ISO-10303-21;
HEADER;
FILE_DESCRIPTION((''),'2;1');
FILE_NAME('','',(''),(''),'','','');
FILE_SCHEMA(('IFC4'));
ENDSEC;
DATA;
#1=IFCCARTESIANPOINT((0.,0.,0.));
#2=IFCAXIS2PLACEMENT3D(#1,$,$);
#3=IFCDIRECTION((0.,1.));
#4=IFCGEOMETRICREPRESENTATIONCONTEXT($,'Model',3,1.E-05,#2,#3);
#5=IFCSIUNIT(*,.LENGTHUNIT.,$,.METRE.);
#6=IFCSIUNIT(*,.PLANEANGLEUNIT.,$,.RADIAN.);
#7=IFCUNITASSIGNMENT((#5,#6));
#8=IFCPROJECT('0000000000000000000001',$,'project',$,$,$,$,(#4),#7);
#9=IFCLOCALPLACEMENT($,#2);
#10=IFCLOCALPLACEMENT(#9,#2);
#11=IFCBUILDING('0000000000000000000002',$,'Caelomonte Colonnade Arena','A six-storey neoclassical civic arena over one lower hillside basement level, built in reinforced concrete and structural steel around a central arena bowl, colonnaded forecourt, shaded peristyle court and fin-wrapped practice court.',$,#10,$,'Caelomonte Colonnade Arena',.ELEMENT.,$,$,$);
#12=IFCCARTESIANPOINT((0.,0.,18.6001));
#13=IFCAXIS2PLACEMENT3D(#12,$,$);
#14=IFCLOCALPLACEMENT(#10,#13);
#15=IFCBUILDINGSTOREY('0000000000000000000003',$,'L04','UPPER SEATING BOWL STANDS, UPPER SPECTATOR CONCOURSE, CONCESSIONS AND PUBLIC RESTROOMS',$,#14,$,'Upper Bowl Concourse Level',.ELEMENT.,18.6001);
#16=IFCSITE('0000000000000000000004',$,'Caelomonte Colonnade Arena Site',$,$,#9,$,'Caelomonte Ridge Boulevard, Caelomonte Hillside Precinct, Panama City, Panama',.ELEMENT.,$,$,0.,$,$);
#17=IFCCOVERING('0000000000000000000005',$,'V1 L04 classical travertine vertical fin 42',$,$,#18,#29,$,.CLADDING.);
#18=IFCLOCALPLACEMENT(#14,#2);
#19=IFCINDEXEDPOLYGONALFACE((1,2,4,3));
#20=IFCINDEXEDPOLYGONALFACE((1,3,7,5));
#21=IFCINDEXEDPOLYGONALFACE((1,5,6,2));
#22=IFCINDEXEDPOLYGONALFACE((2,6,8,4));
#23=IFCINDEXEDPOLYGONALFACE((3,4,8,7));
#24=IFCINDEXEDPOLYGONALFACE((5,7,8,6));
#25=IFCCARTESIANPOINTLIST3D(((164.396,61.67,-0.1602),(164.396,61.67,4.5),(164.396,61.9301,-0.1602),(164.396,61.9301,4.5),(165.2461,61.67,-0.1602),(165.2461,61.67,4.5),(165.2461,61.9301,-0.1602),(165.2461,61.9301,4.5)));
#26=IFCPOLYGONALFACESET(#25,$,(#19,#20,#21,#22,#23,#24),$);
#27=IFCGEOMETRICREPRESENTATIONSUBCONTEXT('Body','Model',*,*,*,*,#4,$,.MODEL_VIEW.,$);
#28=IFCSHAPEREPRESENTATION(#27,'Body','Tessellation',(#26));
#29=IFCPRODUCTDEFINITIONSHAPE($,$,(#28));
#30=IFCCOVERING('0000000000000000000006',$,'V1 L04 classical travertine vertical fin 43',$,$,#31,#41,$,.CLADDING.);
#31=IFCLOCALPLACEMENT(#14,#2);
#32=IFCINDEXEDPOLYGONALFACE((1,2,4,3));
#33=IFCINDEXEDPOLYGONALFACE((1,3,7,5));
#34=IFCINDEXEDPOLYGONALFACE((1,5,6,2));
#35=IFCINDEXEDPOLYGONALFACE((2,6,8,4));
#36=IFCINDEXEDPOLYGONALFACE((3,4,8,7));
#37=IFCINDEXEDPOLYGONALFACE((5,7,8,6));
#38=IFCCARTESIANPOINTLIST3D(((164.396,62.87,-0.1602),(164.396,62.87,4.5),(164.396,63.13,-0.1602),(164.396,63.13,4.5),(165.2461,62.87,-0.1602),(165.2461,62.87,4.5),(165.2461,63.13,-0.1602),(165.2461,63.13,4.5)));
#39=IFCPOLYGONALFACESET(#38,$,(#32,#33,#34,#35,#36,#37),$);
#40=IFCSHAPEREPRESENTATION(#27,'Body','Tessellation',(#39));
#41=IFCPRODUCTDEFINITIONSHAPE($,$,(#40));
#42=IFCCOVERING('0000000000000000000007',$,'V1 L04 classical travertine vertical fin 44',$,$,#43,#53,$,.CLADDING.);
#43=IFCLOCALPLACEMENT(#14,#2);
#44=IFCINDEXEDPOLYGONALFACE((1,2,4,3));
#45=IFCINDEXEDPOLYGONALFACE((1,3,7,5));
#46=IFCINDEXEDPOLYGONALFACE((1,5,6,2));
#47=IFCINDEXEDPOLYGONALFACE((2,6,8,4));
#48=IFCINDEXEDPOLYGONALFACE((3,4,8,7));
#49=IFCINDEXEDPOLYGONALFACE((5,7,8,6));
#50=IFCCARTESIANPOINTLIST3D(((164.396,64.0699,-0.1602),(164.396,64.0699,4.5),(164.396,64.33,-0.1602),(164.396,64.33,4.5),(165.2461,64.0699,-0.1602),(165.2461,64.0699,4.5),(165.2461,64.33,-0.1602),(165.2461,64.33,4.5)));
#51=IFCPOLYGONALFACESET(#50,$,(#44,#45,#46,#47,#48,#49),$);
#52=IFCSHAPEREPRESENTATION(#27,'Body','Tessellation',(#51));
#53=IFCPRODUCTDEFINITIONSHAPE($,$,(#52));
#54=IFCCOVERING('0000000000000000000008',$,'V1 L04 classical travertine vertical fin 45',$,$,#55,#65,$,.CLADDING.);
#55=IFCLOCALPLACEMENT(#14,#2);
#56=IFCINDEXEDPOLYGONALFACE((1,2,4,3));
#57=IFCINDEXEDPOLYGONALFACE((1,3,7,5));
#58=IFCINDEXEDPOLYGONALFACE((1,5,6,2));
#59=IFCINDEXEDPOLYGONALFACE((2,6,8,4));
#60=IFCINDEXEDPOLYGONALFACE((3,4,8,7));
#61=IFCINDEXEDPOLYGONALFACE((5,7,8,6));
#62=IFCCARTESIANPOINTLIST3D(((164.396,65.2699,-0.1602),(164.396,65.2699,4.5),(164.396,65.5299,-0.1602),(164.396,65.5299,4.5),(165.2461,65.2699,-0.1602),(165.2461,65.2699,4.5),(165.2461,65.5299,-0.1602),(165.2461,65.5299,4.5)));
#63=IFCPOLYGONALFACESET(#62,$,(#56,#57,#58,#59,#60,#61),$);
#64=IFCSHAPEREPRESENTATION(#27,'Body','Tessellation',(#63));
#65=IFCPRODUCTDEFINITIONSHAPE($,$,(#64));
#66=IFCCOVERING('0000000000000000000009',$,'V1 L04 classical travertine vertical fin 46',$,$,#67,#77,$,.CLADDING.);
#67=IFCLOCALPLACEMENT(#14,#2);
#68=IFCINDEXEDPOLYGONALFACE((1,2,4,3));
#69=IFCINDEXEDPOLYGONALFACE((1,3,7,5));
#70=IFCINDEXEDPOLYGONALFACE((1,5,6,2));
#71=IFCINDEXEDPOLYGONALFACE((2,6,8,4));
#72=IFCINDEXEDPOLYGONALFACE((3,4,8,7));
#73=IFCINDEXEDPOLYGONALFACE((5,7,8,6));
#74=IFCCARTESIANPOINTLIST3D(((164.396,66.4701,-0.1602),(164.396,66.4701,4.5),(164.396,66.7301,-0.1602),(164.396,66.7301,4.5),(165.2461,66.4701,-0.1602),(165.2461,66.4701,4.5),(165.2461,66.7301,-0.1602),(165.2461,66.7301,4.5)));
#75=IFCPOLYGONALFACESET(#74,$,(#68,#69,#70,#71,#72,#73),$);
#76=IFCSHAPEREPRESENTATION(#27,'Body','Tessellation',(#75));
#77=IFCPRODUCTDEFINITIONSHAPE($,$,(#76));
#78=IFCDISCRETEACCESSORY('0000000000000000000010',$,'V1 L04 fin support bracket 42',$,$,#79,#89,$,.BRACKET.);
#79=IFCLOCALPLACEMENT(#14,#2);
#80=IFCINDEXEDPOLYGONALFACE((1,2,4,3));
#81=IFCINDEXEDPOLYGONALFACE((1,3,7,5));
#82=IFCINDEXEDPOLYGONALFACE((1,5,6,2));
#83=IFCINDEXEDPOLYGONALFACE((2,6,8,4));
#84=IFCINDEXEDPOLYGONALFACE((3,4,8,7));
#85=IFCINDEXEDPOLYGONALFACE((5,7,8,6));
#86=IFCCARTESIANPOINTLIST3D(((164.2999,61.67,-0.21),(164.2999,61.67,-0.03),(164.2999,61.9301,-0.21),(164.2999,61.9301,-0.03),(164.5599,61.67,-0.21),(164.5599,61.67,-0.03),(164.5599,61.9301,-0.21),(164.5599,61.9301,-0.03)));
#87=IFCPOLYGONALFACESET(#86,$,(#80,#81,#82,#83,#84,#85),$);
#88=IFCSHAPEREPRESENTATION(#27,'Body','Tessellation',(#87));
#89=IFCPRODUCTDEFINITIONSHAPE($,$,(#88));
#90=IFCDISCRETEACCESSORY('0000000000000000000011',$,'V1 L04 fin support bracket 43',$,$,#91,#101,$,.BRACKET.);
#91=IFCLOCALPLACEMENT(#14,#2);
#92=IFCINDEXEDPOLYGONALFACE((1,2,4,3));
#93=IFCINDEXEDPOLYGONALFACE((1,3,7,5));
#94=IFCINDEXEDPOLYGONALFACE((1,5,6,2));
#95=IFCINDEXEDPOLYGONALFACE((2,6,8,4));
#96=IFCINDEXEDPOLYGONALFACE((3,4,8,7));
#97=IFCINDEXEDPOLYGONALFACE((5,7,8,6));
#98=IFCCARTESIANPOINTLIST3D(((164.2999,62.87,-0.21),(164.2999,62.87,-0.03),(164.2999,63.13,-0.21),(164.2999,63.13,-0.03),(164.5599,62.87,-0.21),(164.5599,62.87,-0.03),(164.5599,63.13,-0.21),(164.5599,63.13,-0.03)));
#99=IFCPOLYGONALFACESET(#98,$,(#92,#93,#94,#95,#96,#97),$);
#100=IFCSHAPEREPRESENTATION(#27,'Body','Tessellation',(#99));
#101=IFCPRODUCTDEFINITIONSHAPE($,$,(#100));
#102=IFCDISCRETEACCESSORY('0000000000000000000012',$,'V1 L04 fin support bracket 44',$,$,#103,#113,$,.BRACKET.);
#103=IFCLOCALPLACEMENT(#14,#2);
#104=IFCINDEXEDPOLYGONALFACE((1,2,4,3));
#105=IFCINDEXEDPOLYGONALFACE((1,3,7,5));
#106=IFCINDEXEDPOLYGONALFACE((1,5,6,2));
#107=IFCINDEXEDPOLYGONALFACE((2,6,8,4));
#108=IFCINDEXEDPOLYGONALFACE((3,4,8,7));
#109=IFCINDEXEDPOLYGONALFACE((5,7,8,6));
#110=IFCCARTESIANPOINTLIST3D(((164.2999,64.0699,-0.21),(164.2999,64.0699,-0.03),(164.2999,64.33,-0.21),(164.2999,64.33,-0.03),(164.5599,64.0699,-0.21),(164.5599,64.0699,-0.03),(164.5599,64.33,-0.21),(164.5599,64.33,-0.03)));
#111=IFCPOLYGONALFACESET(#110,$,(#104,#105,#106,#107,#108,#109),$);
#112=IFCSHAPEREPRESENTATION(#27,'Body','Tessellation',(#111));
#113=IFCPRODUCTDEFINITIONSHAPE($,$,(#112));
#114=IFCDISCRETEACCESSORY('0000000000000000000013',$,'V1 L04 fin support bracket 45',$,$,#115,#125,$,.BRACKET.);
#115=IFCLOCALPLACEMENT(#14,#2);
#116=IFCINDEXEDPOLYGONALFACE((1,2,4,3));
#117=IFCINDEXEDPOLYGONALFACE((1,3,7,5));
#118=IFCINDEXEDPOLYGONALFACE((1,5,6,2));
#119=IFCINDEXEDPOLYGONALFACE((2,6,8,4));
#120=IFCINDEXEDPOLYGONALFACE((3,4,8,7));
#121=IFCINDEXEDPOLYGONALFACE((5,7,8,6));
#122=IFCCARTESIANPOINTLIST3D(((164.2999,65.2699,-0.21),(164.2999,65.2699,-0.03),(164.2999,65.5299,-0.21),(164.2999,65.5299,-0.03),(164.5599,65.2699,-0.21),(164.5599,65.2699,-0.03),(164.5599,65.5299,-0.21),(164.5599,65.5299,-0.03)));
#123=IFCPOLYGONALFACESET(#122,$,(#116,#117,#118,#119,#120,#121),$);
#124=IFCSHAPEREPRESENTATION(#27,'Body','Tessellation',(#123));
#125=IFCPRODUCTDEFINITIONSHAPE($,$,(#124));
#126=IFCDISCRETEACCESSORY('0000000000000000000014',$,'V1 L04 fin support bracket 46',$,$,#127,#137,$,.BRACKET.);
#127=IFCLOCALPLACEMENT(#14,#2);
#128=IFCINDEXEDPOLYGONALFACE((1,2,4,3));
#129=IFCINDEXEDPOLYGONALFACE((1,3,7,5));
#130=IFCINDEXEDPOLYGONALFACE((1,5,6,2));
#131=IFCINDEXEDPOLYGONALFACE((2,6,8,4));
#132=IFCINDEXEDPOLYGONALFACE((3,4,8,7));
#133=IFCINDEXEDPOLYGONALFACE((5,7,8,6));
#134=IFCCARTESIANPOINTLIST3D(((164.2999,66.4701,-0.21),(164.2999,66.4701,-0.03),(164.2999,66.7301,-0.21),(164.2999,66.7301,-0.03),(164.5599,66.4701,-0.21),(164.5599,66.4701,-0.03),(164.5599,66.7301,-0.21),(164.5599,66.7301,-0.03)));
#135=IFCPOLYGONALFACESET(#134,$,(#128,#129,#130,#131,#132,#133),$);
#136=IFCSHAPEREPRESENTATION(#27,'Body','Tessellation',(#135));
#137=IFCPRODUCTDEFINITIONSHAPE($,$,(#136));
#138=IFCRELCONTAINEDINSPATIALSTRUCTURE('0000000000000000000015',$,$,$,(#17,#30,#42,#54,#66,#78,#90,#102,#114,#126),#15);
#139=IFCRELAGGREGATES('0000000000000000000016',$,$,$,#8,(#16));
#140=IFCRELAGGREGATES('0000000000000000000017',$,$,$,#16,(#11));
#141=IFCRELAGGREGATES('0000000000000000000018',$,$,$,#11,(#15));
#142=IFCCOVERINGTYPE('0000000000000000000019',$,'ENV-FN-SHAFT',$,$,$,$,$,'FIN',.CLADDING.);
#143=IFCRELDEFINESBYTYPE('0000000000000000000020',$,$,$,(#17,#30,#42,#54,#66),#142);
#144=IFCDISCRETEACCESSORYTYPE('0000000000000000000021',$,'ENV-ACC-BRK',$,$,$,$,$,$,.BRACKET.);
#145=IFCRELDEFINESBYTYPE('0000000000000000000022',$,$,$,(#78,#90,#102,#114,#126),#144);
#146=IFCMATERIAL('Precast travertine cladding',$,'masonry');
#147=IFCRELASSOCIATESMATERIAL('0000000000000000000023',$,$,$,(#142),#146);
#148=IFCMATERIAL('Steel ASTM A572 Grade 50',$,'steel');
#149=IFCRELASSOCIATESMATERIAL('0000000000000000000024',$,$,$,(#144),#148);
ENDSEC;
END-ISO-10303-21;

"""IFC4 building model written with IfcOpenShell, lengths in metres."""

from ifc_helpers import new_model, si_unit, direction, frame, origin, origin_2d, place, context, subcontext, project, spatial, rectangle, extrude, material, material_profile, profile_set, type_object, element, save


model = new_model("IFC4")

# Units and contexts
model_context = context("Model", 3, precision=1e-05, world=origin(), true_north=direction((0.0, 1.0)))
body_context = subcontext(model_context, "Body", "Model", "MODEL_VIEW")
ifc_project = project(units=[si_unit("LENGTHUNIT", "METRE"), si_unit("PLANEANGLEUNIT", "RADIAN")], contexts=[model_context])

# Site, building, storey
site_placement = place(None, origin())
site = spatial("IfcSite", under=ifc_project, at=site_placement, Name="Caelomonte Colonnade Arena Site", LongName="Caelomonte Ridge Boulevard, Caelomonte Hillside Precinct, Panama City, Panama", CompositionType="ELEMENT", RefElevation=0.0)
building_placement = place(site_placement, origin())
building = spatial("IfcBuilding", under=site, at=building_placement, Name="Caelomonte Colonnade Arena", Description="A six-storey neoclassical civic arena over one lower hillside basement level, built in reinforced concrete and structural steel around a central arena bowl, colonnaded forecourt, shaded peristyle court and fin-wrapped practice court.", LongName="Caelomonte Colonnade Arena", CompositionType="ELEMENT")
storey_placement = place(building_placement, frame((0.0, 0.0, 18.6001)))
storey = spatial("IfcBuildingStorey", under=building, at=storey_placement, Name="L04", Description="UPPER SEATING BOWL STANDS, UPPER SPECTATOR CONCOURSE, CONCESSIONS AND PUBLIC RESTROOMS", LongName="Upper Bowl Concourse Level", CompositionType="ELEMENT", Elevation=18.6001)

# Coverings
ifc_material_1 = material(Name="Precast travertine cladding", Category="masonry")
ifc_material_profile_1 = material_profile(ifc_material_1, rectangle(XDim=0.26, YDim=0.8501, at=origin_2d()), Name="FIN260X850")
ifc_profile_set_1 = profile_set([ifc_material_profile_1], Name="Precast travertine cladding")
covering_type = type_object("IfcCoveringType", Name="ENV-FN-SHAFT", ElementType="FIN", PredefinedType="CLADDING", material=ifc_profile_set_1)
for number, where, z_axis, x_axis, name in (
    (1, (164.821, 61.8, -0.1602), (0.0, 0.0, 1.0), (0.0, -1.0, 0.0), "V1 L04 classical travertine vertical fin 42"),
    (2, (164.821, 63.0, -0.1602), (0.0, 0.0, 1.0), (0.0, -1.0, 0.0), "V1 L04 classical travertine vertical fin 43"),
    (3, (164.821, 64.2, -0.1602), (0.0, 0.0, 1.0), (0.0, -1.0, 0.0), "V1 L04 classical travertine vertical fin 44"),
    (4, (164.821, 65.3999, -0.1602), (0.0, 0.0, 1.0), (0.0, -1.0, 0.0), "V1 L04 classical travertine vertical fin 45"),
    (5, (164.821, 66.6001, -0.1602), (0.0, 0.0, 1.0), (0.0, -1.0, 0.0), "V1 L04 classical travertine vertical fin 46"),
):
    element("IfcCovering", number, at=place(storey_placement, frame(where, z_axis=z_axis, x_axis=x_axis)), inside=storey, type_object=covering_type, Name=name, PredefinedType="CLADDING", context=body_context, shape_type="SweptSolid", body=[
        extrude(rectangle(XDim=0.26, YDim=0.8501, at=origin_2d()), origin(), (0.0, 0.0, 1.0), 4.6602),
    ])

# Discrete accessories
ifc_material_2 = material(Name="Steel ASTM A572 Grade 50", Category="steel")
discrete_accessory_type = type_object("IfcDiscreteAccessoryType", Name="ENV-ACC-BRK", PredefinedType="BRACKET", material=ifc_material_2)
for number, where, z_axis, x_axis, name in (
    (6, (164.4299, 61.8, -0.21), (0.0, 0.0, 1.0), (0.0, 1.0, 0.0), "V1 L04 fin support bracket 42"),
    (7, (164.4299, 63.0, -0.21), (0.0, 0.0, 1.0), (0.0, 1.0, 0.0), "V1 L04 fin support bracket 43"),
    (8, (164.4299, 64.2, -0.21), (0.0, 0.0, 1.0), (0.0, 1.0, 0.0), "V1 L04 fin support bracket 44"),
    (9, (164.4299, 65.3999, -0.21), (0.0, 0.0, 1.0), (0.0, 1.0, 0.0), "V1 L04 fin support bracket 45"),
    (10, (164.4299, 66.6001, -0.21), (0.0, 0.0, 1.0), (0.0, 1.0, 0.0), "V1 L04 fin support bracket 46"),
):
    element("IfcDiscreteAccessory", number, at=place(storey_placement, frame(where, z_axis=z_axis, x_axis=x_axis)), inside=storey, type_object=discrete_accessory_type, Name=name, PredefinedType="BRACKET", context=body_context, shape_type="SweptSolid", body=[
        extrude(rectangle(XDim=0.26, YDim=0.26, at=origin_2d()), origin(), (0.0, 0.0, 1.0), 0.1799),
    ])

save(model, "model.ifc")
